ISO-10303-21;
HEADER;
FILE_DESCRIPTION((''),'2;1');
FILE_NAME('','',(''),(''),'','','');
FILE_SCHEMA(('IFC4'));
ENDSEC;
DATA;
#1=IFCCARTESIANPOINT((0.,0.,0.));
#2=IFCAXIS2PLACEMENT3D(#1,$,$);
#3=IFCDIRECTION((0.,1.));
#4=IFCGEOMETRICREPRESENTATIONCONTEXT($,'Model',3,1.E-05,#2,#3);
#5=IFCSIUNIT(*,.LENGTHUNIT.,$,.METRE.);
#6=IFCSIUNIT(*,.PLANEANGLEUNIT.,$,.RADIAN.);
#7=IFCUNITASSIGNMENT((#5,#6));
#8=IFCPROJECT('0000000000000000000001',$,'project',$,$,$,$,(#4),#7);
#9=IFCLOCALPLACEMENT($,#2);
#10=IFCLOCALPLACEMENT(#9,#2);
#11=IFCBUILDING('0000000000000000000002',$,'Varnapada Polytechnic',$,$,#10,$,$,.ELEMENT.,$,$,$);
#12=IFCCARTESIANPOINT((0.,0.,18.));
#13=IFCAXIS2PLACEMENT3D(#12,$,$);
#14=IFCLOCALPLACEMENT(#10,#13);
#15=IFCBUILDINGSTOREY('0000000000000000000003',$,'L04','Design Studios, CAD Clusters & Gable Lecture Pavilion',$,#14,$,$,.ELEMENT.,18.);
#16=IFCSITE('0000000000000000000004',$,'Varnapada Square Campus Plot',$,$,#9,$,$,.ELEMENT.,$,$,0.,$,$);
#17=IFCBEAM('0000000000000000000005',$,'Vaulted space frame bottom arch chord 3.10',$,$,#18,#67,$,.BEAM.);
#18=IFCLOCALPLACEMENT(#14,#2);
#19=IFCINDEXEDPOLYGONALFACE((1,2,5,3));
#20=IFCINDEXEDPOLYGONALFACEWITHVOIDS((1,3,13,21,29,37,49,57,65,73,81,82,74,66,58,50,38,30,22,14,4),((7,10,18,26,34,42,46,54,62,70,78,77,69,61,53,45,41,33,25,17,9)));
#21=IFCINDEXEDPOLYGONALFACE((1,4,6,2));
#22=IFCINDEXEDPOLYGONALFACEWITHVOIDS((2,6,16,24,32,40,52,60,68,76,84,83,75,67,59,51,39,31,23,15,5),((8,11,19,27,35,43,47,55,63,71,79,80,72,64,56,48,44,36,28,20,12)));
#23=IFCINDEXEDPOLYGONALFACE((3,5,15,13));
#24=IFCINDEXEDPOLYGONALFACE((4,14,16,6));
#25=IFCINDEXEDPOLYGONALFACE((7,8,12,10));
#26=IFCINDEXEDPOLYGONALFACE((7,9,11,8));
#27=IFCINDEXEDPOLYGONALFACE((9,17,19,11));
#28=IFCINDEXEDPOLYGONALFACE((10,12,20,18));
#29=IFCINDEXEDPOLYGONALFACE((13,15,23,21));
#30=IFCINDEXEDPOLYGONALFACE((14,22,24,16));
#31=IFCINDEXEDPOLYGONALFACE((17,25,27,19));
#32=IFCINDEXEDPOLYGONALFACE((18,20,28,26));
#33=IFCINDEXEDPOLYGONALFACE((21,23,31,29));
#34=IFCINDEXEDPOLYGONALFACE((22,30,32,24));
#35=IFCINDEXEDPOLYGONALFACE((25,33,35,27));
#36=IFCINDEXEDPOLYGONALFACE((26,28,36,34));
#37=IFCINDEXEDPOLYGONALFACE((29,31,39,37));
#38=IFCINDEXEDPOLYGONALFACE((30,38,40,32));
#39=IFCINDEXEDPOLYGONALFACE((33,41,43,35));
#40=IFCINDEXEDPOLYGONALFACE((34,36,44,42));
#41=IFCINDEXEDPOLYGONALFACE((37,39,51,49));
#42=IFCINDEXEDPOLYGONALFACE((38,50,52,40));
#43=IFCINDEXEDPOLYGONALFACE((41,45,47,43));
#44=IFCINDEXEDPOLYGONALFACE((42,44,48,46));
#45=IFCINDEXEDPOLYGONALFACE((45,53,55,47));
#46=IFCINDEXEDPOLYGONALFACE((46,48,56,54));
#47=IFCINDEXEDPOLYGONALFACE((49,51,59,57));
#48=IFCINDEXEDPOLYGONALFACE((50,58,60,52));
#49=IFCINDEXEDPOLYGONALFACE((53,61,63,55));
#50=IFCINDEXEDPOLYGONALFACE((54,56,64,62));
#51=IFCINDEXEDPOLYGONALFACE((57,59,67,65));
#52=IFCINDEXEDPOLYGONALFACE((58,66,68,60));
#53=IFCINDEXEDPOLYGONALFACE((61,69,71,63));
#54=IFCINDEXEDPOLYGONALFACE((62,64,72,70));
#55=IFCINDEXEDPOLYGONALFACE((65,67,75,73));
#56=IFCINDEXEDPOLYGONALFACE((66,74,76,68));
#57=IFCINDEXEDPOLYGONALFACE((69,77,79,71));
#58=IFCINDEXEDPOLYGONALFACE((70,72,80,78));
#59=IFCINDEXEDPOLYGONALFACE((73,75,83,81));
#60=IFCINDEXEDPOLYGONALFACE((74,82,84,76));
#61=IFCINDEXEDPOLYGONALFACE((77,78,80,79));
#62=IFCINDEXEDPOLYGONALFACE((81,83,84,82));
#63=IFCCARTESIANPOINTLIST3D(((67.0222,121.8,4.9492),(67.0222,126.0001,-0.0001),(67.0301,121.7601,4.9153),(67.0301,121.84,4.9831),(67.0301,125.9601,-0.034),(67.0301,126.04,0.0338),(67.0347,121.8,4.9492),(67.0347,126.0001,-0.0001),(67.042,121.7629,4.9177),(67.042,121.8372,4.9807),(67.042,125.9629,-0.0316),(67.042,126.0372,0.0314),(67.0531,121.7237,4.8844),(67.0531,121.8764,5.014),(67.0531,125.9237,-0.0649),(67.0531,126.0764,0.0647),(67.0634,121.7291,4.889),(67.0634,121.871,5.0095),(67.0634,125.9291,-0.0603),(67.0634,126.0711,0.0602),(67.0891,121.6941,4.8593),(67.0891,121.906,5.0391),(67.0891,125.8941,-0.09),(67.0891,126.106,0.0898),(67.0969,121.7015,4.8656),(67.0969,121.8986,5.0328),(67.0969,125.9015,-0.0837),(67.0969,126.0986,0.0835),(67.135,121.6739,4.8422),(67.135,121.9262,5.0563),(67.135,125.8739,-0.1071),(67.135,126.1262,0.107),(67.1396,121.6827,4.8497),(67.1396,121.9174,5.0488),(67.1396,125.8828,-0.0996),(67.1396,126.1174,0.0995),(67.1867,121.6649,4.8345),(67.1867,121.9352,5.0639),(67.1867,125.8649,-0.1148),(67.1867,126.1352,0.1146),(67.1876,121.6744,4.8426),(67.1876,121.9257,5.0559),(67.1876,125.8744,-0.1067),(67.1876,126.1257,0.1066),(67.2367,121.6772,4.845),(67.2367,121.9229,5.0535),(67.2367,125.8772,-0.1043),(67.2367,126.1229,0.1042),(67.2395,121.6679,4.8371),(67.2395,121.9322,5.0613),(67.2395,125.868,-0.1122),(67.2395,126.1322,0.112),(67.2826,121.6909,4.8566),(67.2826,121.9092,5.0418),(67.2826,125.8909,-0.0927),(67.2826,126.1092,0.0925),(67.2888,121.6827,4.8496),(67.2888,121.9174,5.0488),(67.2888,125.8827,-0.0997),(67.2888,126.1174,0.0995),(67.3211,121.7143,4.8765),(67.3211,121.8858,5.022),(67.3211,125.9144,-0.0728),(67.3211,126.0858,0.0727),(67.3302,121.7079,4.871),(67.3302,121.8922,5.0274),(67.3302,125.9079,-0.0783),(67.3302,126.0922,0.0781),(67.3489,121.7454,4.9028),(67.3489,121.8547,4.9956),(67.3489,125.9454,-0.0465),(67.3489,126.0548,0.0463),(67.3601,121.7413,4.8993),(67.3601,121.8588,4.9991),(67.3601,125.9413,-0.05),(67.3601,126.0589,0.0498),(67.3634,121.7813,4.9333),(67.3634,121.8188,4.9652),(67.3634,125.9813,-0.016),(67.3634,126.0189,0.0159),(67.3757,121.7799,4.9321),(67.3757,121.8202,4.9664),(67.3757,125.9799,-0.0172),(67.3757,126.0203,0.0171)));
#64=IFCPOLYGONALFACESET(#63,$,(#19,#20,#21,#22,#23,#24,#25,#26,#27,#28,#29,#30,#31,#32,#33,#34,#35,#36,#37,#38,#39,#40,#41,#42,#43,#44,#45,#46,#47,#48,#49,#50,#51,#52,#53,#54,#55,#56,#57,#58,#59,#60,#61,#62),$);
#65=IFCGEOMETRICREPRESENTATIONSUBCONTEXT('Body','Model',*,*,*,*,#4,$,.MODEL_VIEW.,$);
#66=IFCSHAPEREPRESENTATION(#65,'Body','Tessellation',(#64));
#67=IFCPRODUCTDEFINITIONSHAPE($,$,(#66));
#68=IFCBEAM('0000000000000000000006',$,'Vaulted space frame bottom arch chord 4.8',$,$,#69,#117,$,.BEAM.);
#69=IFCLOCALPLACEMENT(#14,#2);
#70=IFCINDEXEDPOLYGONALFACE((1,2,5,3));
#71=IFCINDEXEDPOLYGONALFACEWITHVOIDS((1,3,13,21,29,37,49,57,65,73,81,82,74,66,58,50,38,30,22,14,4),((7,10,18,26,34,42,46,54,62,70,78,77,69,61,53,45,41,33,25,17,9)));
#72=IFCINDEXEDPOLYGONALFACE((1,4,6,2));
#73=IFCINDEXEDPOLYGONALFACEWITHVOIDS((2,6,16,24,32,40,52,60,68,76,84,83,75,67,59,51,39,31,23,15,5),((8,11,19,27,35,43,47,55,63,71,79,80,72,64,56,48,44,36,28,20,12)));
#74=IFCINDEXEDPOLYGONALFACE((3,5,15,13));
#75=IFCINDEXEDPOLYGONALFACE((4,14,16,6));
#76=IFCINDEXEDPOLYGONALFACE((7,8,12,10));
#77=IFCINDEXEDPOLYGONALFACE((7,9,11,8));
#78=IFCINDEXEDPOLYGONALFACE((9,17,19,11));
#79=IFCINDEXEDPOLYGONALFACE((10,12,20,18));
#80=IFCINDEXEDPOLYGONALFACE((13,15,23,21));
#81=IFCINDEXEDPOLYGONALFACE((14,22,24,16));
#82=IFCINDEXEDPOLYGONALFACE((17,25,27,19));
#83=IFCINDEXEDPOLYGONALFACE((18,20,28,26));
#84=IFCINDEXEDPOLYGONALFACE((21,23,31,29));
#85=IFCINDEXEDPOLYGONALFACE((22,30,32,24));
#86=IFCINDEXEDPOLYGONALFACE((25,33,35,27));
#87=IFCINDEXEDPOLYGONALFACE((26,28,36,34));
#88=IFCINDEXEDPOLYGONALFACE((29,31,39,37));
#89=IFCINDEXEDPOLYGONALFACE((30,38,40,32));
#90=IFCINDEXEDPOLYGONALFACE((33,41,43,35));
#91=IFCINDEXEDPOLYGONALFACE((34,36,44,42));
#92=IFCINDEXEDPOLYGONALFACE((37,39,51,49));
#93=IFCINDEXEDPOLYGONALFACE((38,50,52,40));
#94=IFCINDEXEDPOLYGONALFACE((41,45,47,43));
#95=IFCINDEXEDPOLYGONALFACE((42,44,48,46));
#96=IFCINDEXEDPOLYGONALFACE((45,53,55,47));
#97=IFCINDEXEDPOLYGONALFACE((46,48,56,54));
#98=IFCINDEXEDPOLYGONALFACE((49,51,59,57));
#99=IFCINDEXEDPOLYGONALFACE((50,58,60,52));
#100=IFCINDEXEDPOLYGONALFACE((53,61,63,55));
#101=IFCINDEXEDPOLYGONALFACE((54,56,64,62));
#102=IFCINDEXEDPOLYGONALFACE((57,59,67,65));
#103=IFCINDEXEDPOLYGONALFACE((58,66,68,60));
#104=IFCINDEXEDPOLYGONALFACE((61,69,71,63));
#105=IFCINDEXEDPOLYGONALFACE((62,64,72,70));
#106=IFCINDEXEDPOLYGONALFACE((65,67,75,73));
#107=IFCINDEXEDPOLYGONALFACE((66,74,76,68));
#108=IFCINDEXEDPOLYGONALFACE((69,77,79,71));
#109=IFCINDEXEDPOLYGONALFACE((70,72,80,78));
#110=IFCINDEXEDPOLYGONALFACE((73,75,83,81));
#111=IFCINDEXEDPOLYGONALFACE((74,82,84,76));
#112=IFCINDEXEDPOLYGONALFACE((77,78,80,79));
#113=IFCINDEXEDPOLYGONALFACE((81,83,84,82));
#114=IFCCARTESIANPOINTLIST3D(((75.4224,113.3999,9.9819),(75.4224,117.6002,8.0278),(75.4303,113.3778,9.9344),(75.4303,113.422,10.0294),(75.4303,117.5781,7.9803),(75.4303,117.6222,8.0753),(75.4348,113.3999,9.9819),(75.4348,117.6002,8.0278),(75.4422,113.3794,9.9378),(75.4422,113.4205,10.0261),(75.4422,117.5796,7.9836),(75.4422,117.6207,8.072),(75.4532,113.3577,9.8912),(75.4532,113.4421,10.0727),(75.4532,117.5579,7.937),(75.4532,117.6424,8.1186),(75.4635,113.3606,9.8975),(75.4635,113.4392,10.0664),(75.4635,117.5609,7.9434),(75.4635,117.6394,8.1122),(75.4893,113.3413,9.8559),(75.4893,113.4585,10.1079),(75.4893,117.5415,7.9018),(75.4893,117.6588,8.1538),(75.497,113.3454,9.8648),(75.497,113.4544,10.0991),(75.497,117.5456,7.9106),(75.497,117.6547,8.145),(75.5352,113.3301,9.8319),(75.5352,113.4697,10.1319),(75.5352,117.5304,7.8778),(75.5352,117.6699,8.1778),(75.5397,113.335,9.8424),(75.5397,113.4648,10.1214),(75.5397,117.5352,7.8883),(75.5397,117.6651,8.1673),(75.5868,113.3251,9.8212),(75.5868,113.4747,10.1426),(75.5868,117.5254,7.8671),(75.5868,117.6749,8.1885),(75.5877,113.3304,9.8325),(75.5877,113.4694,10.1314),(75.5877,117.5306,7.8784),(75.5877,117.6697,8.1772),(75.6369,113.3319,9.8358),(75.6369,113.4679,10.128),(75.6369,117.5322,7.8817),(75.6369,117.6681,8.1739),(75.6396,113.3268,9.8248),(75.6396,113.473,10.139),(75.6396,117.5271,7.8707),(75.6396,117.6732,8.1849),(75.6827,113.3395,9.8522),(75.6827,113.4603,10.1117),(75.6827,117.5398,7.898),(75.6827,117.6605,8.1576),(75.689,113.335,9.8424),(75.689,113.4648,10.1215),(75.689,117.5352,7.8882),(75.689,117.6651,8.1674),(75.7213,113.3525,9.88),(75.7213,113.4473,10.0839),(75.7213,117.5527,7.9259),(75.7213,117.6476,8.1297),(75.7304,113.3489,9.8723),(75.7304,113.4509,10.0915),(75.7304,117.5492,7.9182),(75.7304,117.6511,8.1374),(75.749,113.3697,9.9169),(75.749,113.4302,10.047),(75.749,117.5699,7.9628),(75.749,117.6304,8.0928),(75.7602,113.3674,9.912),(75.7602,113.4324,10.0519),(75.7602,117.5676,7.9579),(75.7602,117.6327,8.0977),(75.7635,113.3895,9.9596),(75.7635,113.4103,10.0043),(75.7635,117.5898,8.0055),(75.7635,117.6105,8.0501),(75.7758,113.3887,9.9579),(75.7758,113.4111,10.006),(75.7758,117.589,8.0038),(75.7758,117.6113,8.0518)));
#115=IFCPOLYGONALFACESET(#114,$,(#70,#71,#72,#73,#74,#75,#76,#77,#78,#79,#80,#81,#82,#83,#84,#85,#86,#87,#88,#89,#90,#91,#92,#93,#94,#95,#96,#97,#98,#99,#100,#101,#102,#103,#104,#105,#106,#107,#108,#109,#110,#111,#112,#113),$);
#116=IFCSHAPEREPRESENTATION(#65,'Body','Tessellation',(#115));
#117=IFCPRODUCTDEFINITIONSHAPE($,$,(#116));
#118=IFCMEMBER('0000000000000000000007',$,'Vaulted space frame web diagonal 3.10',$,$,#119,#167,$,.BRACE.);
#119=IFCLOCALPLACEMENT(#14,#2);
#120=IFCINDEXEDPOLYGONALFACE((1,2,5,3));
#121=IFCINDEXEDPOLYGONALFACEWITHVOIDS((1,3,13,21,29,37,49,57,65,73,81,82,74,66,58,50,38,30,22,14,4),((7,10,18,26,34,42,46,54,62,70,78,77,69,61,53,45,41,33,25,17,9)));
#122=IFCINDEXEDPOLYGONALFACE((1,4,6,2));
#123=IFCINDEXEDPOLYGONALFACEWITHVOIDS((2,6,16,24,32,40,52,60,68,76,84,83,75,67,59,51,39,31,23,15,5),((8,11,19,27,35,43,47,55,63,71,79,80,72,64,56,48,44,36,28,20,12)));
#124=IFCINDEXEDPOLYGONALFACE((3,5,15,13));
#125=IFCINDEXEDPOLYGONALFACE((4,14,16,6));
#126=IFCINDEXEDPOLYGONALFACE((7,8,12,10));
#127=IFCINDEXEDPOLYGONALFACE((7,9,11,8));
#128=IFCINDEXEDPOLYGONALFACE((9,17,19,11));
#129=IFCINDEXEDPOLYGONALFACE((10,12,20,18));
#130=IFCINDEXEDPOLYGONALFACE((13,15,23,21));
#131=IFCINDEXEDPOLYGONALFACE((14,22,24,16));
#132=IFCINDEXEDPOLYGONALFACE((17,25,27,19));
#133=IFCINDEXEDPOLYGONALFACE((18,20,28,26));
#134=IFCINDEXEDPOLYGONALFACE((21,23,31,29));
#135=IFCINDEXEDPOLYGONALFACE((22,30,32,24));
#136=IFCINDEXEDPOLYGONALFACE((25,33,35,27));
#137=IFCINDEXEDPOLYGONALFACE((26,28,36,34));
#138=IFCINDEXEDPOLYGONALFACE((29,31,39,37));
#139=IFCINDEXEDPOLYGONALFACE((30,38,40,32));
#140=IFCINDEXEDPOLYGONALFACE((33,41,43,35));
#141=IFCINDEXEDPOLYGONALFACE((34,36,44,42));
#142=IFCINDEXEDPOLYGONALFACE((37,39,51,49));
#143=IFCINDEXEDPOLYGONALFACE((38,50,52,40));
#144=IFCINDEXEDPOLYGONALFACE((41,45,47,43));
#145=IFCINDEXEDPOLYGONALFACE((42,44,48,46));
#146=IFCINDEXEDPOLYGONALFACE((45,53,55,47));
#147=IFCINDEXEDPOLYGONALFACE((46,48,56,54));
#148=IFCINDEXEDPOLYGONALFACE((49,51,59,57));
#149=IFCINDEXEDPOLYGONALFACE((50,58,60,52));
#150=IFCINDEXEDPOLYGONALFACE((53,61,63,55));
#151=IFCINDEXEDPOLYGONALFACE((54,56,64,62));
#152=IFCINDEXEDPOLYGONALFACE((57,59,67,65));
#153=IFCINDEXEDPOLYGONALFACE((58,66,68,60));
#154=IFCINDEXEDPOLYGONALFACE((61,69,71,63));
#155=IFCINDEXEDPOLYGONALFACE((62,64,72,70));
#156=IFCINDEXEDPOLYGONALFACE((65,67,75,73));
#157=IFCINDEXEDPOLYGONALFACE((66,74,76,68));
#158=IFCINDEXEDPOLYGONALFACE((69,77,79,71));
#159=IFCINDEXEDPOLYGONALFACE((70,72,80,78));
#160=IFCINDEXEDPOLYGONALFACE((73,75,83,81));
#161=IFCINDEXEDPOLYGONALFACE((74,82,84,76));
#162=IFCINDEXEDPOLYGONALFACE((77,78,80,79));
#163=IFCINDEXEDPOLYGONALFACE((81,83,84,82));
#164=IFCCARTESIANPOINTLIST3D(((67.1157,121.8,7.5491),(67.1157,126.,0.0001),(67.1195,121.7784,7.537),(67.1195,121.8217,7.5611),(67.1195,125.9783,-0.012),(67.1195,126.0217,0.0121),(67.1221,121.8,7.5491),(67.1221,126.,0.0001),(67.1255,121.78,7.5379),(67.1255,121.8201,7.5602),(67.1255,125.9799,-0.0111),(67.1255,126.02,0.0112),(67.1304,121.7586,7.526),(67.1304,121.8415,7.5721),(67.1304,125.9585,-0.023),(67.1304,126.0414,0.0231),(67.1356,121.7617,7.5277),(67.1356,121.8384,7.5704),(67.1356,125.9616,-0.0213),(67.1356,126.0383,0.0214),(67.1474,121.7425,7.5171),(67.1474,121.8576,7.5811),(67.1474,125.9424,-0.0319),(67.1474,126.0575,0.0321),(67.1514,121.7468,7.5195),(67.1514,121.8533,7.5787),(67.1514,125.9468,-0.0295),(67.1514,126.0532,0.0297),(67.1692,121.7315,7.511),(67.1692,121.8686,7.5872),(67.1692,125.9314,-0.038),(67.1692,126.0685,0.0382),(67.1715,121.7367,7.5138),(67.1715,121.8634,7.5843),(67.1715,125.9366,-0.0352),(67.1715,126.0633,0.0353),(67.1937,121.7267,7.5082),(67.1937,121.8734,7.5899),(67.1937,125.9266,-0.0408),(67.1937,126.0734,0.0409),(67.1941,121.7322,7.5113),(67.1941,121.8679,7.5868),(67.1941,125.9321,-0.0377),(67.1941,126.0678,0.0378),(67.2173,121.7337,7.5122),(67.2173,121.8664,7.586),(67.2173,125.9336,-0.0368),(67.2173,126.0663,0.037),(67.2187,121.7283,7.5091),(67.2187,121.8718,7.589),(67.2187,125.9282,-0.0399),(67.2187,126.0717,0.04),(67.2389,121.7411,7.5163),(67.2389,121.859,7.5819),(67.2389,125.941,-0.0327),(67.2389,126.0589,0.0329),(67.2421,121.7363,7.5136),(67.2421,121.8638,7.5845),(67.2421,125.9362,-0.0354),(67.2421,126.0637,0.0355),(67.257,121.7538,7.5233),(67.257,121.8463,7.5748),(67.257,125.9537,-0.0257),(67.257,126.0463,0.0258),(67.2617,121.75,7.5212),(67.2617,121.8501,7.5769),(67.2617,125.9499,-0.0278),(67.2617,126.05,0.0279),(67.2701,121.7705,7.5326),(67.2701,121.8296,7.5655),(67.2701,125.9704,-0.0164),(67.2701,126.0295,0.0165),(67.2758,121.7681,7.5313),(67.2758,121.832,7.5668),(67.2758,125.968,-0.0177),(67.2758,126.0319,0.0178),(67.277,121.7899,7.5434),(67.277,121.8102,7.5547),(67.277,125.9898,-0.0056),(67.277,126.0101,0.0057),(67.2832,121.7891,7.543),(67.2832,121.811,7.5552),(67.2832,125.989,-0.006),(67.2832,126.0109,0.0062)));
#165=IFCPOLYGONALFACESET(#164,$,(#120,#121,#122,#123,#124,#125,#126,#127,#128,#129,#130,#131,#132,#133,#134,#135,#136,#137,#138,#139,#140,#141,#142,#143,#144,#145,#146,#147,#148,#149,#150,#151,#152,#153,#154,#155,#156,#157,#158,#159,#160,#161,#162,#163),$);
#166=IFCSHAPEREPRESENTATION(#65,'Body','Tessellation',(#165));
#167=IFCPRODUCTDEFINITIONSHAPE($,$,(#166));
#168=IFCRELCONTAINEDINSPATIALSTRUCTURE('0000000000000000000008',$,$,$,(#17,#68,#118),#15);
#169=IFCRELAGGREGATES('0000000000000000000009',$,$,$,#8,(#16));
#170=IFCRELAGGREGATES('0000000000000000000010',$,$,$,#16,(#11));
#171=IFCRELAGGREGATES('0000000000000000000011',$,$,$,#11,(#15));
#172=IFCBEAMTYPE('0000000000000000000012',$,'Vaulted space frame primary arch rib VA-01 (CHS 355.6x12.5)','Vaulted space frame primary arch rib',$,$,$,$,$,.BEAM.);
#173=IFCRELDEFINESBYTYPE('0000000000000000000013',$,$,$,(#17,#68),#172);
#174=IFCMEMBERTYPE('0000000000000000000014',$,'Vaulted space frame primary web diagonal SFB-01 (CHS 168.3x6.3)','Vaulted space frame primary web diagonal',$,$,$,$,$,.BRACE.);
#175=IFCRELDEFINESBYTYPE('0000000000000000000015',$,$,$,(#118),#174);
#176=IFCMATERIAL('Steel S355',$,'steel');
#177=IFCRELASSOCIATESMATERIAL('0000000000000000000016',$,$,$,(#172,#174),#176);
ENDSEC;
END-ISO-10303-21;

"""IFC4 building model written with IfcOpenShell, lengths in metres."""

from ifc_helpers import new_model, si_unit, direction, frame, origin, origin_2d, place, context, subcontext, project, spatial, hollow_circle, extrude, material, material_profile, profile_set, type_object, element, save


model = new_model("IFC4")

# Units and contexts
model_context = context("Model", 3, precision=1e-05, world=origin(), true_north=direction((0.0, 1.0)))
body_context = subcontext(model_context, "Body", "Model", "MODEL_VIEW")
ifc_project = project(units=[si_unit("LENGTHUNIT", "METRE"), si_unit("PLANEANGLEUNIT", "RADIAN")], contexts=[model_context])

# Site, building, storey
site_placement = place(None, origin())
site = spatial("IfcSite", under=ifc_project, at=site_placement, Name="Varnapada Square Campus Plot", CompositionType="ELEMENT", RefElevation=0.0)
building_placement = place(site_placement, origin())
building = spatial("IfcBuilding", under=site, at=building_placement, Name="Varnapada Polytechnic", CompositionType="ELEMENT")
storey_placement = place(building_placement, frame((0.0, 0.0, 18.0)))
storey = spatial("IfcBuildingStorey", under=building, at=storey_placement, Name="L04", Description="Design Studios, CAD Clusters & Gable Lecture Pavilion", CompositionType="ELEMENT", Elevation=18.0)

# Shared definitions
ifc_material = material(Name="Steel S355", Category="steel")

# Beams
ifc_material_profile_1 = material_profile(ifc_material, hollow_circle(Radius=0.1777, WallThickness=0.0125, at=origin_2d()), Name="CHS 355.6x12.5")
ifc_profile_set_1 = profile_set([ifc_material_profile_1], Name="Steel S355")
beam_type_1 = type_object("IfcBeamType", Name="Vaulted space frame primary arch rib VA-01 (CHS 355.6x12.5)", Description="Vaulted space frame primary arch rib", PredefinedType="BEAM", material=ifc_profile_set_1)
beam_1_placement = place(storey_placement, frame((67.2, 121.8, 4.9492), z_axis=(0.0, 0.647032, -0.762462), x_axis=(-1.0, 0.0, 0.0)))
element("IfcBeam", 1, at=beam_1_placement, inside=storey, type_object=beam_type_1, Name="Vaulted space frame bottom arch chord 3.10", PredefinedType="BEAM", context=body_context, shape_type="SweptSolid", body=[
    extrude(hollow_circle(Radius=0.1777, WallThickness=0.0125, at=origin_2d()), origin(), (0.0, 0.0, 1.0), 6.4912),
])
beam_2_placement = place(storey_placement, frame((75.6001, 113.3999, 9.9819), z_axis=(0.0, 0.906678, -0.421823), x_axis=(-1.0, 0.0, 0.0)))
element("IfcBeam", 2, at=beam_2_placement, inside=storey, type_object=beam_type_1, Name="Vaulted space frame bottom arch chord 4.8", PredefinedType="BEAM", context=body_context, shape_type="SweptSolid", body=[
    extrude(hollow_circle(Radius=0.1777, WallThickness=0.0125, at=origin_2d()), origin(), (0.0, 0.0, 1.0), 4.6326),
])

# Member
ifc_material_profile_2 = material_profile(ifc_material, hollow_circle(Radius=0.0842, WallThickness=0.0063, at=origin_2d()), Name="CHS 168.3x6.3")
ifc_profile_set_2 = profile_set([ifc_material_profile_2], Name="Steel S355")
member_type_1 = type_object("IfcMemberType", Name="Vaulted space frame primary web diagonal SFB-01 (CHS 168.3x6.3)", Description="Vaulted space frame primary web diagonal", PredefinedType="BRACE", material=ifc_profile_set_2)
member_1_placement = place(storey_placement, frame((67.2, 121.8, 7.5491), z_axis=(0.0, 0.486176, -0.873861), x_axis=(-1.0, 0.0, 0.0)))
element("IfcMember", 3, at=member_1_placement, inside=storey, type_object=member_type_1, Name="Vaulted space frame web diagonal 3.10", PredefinedType="BRACE", context=body_context, shape_type="SweptSolid", body=[
    extrude(hollow_circle(Radius=0.0842, WallThickness=0.0063, at=origin_2d()), origin(), (0.0, 0.0, 1.0), 8.6387),
])

save(model, "model.ifc")
